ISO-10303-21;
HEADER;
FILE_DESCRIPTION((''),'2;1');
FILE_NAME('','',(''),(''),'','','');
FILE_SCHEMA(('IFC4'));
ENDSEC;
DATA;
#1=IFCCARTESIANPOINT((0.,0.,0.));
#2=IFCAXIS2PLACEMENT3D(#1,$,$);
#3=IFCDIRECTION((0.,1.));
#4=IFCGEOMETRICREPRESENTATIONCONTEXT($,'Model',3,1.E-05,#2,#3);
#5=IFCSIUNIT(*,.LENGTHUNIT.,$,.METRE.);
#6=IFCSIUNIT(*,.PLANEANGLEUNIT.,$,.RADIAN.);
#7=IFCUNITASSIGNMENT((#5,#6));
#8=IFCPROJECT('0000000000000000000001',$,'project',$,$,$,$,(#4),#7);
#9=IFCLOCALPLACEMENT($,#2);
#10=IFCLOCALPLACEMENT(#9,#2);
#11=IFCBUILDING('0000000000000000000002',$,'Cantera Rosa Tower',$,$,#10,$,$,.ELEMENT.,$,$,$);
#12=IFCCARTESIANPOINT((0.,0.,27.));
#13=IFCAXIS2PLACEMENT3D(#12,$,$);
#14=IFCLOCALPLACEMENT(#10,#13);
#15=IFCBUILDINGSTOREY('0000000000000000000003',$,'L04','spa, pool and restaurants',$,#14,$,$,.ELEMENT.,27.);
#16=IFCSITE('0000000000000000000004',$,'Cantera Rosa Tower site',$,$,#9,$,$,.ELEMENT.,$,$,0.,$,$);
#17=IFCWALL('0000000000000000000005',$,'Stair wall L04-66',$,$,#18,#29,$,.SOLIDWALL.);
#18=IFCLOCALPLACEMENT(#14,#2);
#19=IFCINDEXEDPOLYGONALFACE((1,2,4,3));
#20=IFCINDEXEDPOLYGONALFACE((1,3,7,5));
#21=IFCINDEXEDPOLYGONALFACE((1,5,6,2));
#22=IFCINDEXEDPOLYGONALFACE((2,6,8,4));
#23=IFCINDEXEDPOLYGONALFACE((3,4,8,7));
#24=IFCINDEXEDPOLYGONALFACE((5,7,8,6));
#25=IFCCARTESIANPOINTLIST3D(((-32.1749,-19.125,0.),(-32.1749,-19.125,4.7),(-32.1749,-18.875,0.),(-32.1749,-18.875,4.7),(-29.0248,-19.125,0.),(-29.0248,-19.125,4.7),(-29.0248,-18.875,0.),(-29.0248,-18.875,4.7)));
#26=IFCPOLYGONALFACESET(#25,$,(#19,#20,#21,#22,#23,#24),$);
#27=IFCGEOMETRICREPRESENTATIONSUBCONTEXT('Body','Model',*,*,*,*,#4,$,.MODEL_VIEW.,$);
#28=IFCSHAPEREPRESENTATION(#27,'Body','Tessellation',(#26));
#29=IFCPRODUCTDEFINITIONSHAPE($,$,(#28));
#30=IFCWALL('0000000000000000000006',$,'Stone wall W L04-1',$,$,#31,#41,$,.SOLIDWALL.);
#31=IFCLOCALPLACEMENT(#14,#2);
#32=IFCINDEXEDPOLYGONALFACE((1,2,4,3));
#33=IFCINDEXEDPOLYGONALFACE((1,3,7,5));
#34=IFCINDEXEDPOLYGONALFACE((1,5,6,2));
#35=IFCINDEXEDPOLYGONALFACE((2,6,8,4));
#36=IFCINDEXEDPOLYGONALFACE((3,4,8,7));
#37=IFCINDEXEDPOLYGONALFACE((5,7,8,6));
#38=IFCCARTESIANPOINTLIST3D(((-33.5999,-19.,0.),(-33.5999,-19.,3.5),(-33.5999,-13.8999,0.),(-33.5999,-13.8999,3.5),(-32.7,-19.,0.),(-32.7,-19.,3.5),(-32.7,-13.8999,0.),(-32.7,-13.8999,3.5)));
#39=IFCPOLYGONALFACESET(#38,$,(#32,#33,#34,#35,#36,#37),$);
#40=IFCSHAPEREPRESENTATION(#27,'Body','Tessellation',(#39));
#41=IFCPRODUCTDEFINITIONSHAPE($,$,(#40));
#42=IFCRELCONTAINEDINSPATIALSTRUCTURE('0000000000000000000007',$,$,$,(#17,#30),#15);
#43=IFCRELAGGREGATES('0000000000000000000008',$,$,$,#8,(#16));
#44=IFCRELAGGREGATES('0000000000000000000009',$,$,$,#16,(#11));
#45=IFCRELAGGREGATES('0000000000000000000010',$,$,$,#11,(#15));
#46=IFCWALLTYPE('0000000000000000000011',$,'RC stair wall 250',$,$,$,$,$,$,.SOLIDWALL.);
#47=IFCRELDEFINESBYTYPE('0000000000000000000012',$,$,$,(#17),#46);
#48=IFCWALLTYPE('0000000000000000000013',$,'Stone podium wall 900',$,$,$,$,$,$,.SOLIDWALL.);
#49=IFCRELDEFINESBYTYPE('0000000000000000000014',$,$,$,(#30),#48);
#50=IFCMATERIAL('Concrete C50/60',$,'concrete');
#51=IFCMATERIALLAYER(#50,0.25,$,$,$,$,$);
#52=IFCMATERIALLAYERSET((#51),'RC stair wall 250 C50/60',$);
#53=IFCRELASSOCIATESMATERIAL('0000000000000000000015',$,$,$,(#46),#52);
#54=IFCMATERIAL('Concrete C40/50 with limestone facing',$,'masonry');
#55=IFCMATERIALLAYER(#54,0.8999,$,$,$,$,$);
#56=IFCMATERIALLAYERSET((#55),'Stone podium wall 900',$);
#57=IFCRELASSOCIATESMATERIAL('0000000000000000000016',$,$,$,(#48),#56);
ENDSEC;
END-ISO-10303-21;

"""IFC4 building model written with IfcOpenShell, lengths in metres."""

from ifc_helpers import new_model, si_unit, direction, frame, frame_2d, origin, place, context, subcontext, project, spatial, rectangle, extrude, material, layer, layer_set, type_object, element, save


model = new_model("IFC4")

# Units and contexts
model_context = context("Model", 3, precision=1e-05, world=origin(), true_north=direction((0.0, 1.0)))
body_context = subcontext(model_context, "Body", "Model", "MODEL_VIEW")
ifc_project = project(units=[si_unit("LENGTHUNIT", "METRE"), si_unit("PLANEANGLEUNIT", "RADIAN")], contexts=[model_context])

# Site, building, storey
site_placement = place(None, origin())
site = spatial("IfcSite", under=ifc_project, at=site_placement, Name="Cantera Rosa Tower site", CompositionType="ELEMENT", RefElevation=0.0)
building_placement = place(site_placement, origin())
building = spatial("IfcBuilding", under=site, at=building_placement, Name="Cantera Rosa Tower", CompositionType="ELEMENT")
storey_placement = place(building_placement, frame((0.0, 0.0, 27.0)))
storey = spatial("IfcBuildingStorey", under=building, at=storey_placement, Name="L04", Description="spa, pool and restaurants", CompositionType="ELEMENT", Elevation=27.0)

# Walls
ifc_material_1 = material(Name="Concrete C50/60", Category="concrete")
ifc_layer_1 = layer(ifc_material_1, 0.25)
ifc_layer_set_1 = layer_set([ifc_layer_1], Name="RC stair wall 250 C50/60")
wall_type_1 = type_object("IfcWallType", Name="RC stair wall 250", PredefinedType="SOLIDWALL", material=ifc_layer_set_1)
wall_1_placement = place(storey_placement, frame((-32.175, -19.0, 0.0), z_axis=(0.0, 0.0, 1.0), x_axis=(1.0, 0.0, 0.0)))
element("IfcWall", 1, at=wall_1_placement, inside=storey, type_object=wall_type_1, Name="Stair wall L04-66", PredefinedType="SOLIDWALL", context=body_context, shape_type="SweptSolid", body=[
    extrude(rectangle(XDim=3.1501, YDim=0.25, at=frame_2d((1.5752, 0.0))), origin(), (0.0, 0.0, 1.0), 4.7),
])
ifc_material_2 = material(Name="Concrete C40/50 with limestone facing", Category="masonry")
ifc_layer_2 = layer(ifc_material_2, 0.8999)
ifc_layer_set_2 = layer_set([ifc_layer_2], Name="Stone podium wall 900")
wall_type_2 = type_object("IfcWallType", Name="Stone podium wall 900", PredefinedType="SOLIDWALL", material=ifc_layer_set_2)
wall_2_placement = place(storey_placement, frame((-33.1499, -13.8999, 0.0), z_axis=(0.0, 0.0, 1.0), x_axis=(0.0, -1.0, 0.0)))
element("IfcWall", 2, at=wall_2_placement, inside=storey, type_object=wall_type_2, Name="Stone wall W L04-1", PredefinedType="SOLIDWALL", context=body_context, shape_type="SweptSolid", body=[
    extrude(rectangle(XDim=5.1001, YDim=0.8999, at=frame_2d((2.55, 0.0))), origin(), (0.0, 0.0, 1.0), 3.5),
])

save(model, "model.ifc")
